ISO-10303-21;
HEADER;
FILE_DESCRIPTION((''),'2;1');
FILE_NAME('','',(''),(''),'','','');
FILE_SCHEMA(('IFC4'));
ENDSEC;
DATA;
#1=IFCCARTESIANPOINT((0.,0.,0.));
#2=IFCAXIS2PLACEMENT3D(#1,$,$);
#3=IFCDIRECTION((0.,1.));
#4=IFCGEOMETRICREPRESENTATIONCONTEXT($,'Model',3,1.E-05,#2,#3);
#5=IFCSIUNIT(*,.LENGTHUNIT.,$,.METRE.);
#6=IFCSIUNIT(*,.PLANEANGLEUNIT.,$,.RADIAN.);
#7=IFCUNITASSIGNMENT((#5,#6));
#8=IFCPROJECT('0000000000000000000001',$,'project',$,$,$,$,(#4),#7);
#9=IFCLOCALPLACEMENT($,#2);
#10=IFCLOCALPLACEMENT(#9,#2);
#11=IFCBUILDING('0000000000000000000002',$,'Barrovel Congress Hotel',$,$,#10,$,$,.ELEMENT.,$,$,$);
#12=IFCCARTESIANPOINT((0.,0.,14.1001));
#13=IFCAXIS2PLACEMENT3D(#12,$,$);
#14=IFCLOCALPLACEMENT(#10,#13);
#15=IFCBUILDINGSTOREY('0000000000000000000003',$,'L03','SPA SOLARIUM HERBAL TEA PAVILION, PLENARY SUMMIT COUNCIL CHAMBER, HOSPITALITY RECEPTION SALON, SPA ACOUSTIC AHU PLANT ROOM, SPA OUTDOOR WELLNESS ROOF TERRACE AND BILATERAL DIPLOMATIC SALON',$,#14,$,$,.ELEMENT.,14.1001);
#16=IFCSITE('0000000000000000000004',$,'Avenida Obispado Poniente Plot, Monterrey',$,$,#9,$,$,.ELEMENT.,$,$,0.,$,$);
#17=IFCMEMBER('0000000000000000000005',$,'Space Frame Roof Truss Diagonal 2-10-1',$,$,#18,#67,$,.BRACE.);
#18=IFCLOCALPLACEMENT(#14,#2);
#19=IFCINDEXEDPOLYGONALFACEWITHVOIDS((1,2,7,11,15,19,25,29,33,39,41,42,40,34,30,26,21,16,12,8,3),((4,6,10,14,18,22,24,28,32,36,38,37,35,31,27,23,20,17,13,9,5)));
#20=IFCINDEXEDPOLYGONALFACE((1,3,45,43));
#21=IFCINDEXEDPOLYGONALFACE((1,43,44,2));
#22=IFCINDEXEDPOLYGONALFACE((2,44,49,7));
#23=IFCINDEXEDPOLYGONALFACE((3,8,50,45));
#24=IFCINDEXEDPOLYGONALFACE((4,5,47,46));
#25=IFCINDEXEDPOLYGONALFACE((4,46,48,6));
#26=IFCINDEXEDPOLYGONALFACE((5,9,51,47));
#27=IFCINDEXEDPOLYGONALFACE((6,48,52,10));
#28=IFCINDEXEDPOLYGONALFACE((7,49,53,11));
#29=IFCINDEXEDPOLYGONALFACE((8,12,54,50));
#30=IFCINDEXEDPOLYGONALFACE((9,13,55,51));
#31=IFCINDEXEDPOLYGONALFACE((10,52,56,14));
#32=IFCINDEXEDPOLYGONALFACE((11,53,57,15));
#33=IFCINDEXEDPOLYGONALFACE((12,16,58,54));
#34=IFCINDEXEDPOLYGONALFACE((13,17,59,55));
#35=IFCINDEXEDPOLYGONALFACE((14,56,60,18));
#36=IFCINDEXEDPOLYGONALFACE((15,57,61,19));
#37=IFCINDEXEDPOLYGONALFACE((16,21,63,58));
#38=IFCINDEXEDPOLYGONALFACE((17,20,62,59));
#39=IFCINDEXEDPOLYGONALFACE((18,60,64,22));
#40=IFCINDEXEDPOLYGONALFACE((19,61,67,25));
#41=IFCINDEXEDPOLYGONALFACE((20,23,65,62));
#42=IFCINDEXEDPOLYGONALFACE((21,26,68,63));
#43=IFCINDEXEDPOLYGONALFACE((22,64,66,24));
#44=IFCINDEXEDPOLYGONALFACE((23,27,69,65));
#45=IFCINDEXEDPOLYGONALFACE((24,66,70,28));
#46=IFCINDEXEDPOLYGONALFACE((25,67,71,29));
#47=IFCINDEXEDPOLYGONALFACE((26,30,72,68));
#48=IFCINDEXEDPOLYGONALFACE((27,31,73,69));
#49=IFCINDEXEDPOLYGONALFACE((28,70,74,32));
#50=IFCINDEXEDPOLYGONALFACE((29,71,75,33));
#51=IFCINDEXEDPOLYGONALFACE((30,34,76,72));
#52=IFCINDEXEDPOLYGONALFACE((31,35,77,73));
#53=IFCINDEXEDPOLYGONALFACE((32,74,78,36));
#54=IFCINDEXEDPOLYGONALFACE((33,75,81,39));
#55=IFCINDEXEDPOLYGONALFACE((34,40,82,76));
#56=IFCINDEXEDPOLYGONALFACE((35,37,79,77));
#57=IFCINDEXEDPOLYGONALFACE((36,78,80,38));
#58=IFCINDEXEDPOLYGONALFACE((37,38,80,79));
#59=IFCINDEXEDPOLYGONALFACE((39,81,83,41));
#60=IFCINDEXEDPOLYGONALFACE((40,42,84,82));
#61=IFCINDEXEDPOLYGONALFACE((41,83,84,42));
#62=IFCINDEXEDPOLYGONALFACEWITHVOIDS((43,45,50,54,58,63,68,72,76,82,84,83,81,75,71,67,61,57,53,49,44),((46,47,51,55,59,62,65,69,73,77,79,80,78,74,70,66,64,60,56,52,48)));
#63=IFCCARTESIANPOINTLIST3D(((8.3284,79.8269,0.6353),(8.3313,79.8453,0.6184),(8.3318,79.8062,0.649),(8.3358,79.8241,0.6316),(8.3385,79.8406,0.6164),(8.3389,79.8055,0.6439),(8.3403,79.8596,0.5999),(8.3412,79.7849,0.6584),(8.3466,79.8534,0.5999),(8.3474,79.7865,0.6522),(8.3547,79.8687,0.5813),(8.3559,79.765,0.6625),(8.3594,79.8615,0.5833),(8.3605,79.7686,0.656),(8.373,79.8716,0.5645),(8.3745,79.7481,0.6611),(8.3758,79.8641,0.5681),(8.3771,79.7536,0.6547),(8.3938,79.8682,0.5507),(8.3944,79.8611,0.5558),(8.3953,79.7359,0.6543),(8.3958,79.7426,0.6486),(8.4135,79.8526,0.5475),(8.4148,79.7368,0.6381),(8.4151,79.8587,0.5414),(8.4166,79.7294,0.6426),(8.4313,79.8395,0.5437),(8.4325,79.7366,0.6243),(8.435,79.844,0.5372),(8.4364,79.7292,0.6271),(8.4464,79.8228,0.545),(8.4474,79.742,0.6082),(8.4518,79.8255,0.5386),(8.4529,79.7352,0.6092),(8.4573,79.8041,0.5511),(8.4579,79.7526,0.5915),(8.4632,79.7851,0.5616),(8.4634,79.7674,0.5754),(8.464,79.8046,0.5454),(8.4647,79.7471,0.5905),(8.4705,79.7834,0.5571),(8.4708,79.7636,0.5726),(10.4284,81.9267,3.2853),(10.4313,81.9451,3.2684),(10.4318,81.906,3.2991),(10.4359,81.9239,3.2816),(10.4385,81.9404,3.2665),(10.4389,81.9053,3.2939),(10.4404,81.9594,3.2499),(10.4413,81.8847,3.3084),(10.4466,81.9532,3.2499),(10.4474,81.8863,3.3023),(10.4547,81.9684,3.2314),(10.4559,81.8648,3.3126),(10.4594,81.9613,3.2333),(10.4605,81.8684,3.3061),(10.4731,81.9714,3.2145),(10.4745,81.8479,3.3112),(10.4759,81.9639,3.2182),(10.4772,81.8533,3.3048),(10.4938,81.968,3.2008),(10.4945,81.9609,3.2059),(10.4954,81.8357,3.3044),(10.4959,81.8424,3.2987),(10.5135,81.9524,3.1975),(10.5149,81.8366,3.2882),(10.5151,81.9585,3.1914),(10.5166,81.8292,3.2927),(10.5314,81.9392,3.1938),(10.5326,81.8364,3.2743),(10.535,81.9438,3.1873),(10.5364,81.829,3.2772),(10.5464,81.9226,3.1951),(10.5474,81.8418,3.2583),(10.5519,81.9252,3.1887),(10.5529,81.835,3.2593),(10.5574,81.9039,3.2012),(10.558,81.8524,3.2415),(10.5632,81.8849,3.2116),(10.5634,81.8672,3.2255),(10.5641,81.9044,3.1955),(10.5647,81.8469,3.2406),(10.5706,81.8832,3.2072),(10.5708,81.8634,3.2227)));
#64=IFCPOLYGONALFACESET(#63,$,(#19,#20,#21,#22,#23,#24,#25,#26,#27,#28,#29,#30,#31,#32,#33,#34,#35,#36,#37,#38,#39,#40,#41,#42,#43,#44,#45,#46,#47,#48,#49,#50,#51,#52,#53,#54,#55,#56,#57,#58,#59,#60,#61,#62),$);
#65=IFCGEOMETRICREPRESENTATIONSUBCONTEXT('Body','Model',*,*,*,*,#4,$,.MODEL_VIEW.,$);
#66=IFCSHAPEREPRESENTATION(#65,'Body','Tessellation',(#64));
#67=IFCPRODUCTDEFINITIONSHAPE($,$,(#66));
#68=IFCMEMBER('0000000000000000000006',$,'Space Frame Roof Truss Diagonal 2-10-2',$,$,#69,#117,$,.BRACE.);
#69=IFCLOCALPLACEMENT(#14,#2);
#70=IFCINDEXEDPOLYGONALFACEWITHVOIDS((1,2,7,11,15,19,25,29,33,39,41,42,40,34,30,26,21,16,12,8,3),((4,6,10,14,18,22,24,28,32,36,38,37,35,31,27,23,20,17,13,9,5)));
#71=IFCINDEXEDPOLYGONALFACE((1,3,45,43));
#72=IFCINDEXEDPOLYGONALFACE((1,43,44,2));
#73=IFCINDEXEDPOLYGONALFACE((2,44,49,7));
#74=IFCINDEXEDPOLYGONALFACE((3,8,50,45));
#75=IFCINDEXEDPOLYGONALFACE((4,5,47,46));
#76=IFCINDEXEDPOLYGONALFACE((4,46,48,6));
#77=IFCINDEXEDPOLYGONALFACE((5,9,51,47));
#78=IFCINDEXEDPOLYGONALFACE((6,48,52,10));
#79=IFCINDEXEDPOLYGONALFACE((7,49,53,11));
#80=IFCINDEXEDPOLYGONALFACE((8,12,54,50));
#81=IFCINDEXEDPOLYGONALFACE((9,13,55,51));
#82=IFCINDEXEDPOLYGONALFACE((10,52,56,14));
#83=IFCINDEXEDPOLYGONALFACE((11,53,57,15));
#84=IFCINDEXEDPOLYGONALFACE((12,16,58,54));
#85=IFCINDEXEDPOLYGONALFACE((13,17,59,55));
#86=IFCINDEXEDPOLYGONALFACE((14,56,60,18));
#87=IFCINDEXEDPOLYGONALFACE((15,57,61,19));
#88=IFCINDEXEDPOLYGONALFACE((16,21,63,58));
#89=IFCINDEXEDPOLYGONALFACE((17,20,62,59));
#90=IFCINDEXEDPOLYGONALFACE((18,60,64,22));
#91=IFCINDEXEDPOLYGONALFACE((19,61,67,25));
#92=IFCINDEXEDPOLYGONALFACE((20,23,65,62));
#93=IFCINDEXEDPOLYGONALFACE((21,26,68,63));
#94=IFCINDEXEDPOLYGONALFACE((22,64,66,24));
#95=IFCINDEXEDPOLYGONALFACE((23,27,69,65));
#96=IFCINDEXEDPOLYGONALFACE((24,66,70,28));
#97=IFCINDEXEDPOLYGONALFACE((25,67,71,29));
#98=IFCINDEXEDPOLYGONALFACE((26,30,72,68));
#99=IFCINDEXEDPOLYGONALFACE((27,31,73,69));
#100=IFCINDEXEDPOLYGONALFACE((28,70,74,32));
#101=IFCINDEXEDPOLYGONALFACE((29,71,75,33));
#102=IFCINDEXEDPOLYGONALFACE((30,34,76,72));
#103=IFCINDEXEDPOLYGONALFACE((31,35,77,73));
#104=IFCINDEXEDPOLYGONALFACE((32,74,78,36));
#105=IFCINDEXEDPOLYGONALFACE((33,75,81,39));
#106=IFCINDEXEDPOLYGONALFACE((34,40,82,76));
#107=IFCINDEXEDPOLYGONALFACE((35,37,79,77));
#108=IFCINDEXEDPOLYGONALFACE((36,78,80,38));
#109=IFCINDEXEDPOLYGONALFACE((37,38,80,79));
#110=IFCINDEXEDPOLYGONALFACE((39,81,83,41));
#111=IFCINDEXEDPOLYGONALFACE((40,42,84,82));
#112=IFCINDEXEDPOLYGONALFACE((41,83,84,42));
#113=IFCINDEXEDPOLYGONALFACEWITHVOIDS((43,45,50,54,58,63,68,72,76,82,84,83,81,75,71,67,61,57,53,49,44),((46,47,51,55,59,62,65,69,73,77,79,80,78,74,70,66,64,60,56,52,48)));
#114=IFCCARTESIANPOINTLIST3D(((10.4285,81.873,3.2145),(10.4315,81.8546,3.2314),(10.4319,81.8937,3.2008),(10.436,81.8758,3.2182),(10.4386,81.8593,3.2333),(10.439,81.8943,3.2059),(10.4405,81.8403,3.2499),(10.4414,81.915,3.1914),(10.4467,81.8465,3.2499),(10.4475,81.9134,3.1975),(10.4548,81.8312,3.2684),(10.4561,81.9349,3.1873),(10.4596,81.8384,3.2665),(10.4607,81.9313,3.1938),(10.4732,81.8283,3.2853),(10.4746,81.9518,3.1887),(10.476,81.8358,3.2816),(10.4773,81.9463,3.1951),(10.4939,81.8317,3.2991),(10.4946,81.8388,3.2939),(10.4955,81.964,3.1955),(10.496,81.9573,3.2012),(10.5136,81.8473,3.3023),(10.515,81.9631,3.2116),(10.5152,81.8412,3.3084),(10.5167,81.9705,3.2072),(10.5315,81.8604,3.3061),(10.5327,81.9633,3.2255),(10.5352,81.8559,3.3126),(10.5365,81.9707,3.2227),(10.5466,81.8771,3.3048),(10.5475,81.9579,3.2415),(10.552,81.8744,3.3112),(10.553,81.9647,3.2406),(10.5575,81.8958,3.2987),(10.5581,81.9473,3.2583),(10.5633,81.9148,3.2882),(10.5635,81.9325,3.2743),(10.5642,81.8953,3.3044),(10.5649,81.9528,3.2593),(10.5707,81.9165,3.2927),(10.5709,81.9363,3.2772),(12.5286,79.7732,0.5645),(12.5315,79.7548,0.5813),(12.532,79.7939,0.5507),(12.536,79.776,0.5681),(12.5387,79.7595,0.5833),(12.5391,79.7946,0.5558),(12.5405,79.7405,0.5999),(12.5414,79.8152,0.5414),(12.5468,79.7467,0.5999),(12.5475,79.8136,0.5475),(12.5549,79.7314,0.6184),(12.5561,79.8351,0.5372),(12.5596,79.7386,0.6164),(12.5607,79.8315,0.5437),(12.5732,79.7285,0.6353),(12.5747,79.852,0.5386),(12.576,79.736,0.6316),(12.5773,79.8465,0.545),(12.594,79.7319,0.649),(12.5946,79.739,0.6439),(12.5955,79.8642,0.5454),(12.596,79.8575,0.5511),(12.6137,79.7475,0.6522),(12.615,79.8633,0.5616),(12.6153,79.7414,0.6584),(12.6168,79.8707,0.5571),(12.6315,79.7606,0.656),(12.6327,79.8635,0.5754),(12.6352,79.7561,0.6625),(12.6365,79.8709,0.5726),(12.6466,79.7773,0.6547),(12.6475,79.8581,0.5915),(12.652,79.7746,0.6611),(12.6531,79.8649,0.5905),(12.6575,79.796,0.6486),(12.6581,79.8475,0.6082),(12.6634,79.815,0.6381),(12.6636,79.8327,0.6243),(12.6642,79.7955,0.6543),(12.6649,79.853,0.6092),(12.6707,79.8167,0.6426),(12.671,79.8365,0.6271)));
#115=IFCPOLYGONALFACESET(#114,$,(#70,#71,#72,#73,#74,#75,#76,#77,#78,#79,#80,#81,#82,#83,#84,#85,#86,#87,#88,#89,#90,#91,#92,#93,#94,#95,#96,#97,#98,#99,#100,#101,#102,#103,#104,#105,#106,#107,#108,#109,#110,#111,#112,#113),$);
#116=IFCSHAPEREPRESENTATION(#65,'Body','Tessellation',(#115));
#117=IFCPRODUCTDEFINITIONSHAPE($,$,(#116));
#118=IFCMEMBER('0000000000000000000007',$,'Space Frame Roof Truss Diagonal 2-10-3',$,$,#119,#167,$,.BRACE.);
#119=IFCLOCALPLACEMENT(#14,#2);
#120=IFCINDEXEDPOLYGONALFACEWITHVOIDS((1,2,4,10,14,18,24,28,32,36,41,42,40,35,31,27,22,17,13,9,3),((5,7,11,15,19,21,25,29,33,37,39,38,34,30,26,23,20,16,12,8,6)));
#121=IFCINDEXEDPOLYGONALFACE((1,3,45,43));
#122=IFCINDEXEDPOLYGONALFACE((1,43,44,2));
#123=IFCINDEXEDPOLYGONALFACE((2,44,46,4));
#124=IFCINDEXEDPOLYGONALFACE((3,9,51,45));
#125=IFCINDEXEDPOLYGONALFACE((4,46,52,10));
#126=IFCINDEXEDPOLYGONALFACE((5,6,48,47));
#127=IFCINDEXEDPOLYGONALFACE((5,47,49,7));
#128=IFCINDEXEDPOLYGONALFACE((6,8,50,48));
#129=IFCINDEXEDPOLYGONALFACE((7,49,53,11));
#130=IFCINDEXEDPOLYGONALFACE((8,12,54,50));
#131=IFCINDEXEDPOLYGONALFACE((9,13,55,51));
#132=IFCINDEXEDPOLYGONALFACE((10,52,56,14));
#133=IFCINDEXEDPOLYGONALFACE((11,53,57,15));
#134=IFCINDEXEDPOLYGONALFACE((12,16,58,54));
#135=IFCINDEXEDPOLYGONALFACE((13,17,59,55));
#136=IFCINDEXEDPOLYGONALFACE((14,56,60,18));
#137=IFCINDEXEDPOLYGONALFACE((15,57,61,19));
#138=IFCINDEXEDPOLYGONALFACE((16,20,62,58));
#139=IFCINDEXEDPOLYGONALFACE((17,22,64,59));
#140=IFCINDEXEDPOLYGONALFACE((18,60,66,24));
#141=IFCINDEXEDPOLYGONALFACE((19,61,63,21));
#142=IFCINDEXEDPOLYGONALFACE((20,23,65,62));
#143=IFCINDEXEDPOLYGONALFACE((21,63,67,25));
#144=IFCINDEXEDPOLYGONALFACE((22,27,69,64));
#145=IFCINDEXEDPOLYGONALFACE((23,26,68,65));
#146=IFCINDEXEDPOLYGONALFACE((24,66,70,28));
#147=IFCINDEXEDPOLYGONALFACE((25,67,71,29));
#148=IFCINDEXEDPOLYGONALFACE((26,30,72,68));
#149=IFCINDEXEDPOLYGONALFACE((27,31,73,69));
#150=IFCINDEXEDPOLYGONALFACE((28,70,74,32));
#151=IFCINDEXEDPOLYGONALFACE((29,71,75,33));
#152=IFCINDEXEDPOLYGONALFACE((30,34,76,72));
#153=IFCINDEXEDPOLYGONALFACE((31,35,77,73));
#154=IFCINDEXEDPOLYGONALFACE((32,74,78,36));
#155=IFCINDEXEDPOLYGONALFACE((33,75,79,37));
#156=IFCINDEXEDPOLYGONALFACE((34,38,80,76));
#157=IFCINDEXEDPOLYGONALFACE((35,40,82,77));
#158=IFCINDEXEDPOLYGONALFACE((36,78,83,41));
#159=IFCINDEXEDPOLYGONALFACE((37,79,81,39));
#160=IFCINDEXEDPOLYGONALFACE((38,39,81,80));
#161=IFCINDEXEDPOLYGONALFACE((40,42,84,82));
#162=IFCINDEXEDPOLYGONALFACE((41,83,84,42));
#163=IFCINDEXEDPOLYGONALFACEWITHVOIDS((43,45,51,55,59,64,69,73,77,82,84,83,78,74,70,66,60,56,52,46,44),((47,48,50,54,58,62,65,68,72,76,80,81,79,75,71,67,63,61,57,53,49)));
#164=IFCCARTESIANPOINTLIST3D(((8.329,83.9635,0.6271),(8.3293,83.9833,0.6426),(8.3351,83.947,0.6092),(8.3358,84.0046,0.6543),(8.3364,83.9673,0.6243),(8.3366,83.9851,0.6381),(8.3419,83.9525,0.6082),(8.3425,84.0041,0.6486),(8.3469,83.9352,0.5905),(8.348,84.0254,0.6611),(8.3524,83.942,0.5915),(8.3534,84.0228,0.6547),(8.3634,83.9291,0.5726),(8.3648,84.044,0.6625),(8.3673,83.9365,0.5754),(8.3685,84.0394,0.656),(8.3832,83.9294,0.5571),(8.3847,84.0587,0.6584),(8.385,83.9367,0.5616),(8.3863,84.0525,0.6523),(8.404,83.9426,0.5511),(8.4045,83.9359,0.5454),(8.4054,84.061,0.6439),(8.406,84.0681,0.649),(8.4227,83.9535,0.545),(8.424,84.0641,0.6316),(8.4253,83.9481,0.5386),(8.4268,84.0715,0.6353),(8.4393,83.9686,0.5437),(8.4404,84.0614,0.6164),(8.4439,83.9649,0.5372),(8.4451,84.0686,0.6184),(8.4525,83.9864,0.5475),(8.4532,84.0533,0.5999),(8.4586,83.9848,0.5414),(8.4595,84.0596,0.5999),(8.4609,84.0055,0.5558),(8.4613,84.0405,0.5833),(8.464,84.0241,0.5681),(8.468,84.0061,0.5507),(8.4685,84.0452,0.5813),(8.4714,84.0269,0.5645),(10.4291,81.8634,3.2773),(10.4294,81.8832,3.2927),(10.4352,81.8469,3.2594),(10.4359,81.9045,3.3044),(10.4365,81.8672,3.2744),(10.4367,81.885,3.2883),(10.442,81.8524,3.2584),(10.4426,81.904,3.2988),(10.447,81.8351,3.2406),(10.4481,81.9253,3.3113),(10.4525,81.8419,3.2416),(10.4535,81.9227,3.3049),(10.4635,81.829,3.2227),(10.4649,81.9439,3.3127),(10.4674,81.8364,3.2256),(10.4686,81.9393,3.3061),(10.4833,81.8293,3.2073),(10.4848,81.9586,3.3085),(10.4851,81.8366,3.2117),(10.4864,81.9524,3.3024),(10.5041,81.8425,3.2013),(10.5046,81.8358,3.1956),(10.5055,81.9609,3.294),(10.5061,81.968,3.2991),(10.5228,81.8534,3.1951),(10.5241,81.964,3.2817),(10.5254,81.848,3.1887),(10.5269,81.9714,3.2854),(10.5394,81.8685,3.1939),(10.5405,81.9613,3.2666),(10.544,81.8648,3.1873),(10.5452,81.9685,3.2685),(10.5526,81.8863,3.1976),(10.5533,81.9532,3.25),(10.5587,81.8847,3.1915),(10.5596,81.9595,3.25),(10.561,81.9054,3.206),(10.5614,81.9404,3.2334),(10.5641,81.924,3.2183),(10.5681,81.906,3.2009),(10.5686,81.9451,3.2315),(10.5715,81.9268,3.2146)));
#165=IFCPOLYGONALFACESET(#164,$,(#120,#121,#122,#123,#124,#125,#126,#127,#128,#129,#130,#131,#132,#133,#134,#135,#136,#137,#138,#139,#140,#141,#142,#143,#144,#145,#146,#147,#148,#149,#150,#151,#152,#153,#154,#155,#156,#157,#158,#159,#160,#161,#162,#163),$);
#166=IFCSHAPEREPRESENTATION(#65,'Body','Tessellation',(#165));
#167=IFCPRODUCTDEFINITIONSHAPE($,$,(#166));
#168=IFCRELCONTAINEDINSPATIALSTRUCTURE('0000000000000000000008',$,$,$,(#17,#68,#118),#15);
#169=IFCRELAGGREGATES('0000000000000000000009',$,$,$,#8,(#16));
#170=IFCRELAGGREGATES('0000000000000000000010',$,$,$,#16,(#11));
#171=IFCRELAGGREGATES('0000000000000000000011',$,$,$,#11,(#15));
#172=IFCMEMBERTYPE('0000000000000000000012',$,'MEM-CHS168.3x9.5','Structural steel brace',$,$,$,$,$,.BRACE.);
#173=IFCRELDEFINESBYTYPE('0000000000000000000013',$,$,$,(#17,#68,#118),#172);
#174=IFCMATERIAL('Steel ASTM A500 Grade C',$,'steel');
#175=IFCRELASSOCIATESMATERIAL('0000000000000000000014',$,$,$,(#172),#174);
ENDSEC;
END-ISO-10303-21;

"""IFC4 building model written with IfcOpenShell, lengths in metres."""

from ifc_helpers import new_model, si_unit, direction, frame, origin, origin_2d, place, context, subcontext, project, spatial, hollow_circle, extrude, material, material_profile, profile_set, type_object, element, save


model = new_model("IFC4")

# Units and contexts
model_context = context("Model", 3, precision=1e-05, world=origin(), true_north=direction((0.0, 1.0)))
body_context = subcontext(model_context, "Body", "Model", "MODEL_VIEW")
ifc_project = project(units=[si_unit("LENGTHUNIT", "METRE"), si_unit("PLANEANGLEUNIT", "RADIAN")], contexts=[model_context])

# Site, building, storey
site_placement = place(None, origin())
site = spatial("IfcSite", under=ifc_project, at=site_placement, Name="Avenida Obispado Poniente Plot, Monterrey", CompositionType="ELEMENT", RefElevation=0.0)
building_placement = place(site_placement, origin())
building = spatial("IfcBuilding", under=site, at=building_placement, Name="Barrovel Congress Hotel", CompositionType="ELEMENT")
storey_placement = place(building_placement, frame((0.0, 0.0, 14.1001)))
storey = spatial("IfcBuildingStorey", under=building, at=storey_placement, Name="L03", Description="SPA SOLARIUM HERBAL TEA PAVILION, PLENARY SUMMIT COUNCIL CHAMBER, HOSPITALITY RECEPTION SALON, SPA ACOUSTIC AHU PLANT ROOM, SPA OUTDOOR WELLNESS ROOF TERRACE AND BILATERAL DIPLOMATIC SALON", CompositionType="ELEMENT", Elevation=14.1001)

# Members
ifc_material_1 = material(Name="Steel ASTM A500 Grade C", Category="steel")
ifc_material_profile_1 = material_profile(ifc_material_1, hollow_circle(Radius=0.0842, WallThickness=0.0088, at=origin_2d()), Name="CHS168.3x9.5")
ifc_profile_set_1 = profile_set([ifc_material_profile_1], Name="Steel ASTM A500 Grade C")
member_type_1 = type_object("IfcMemberType", Name="MEM-CHS168.3x9.5", Description="Structural steel brace", PredefinedType="BRACE", material=ifc_profile_set_1)
for number, where, z_axis, x_axis, name in (
    (1, (8.3999, 79.8, 0.5999), (0.527618, 0.527557, 0.66581), (-0.707066, 0.707148, 0.0), "Space Frame Roof Truss Diagonal 2-10-1"),
    (2, (12.6001, 79.8, 0.5999), (-0.527618, 0.527557, 0.66581), (-0.707066, -0.707148, 0.0), "Space Frame Roof Truss Diagonal 2-10-2"),
):
    element("IfcMember", number, at=place(storey_placement, frame(where, z_axis=z_axis, x_axis=x_axis)), inside=storey, type_object=member_type_1, Name=name, PredefinedType="BRACE", context=body_context, shape_type="SweptSolid", body=[
        extrude(hollow_circle(Radius=0.0842, WallThickness=0.0088, at=origin_2d()), origin(), (0.0, 0.0, 1.0), 3.9802),
    ])
for number, where, z_axis, x_axis, name in (
    (3, (8.3999, 84.0, 0.5999), (0.527601, -0.527601, 0.665788), (0.707107, 0.707107, 0.0), "Space Frame Roof Truss Diagonal 2-10-3"),
):
    element("IfcMember", number, at=place(storey_placement, frame(where, z_axis=z_axis, x_axis=x_axis)), inside=storey, type_object=member_type_1, Name=name, PredefinedType="BRACE", context=body_context, shape_type="SweptSolid", body=[
        extrude(hollow_circle(Radius=0.0842, WallThickness=0.0088, at=origin_2d()), origin(), (0.0, 0.0, 1.0), 3.9805),
    ])

save(model, "model.ifc")
